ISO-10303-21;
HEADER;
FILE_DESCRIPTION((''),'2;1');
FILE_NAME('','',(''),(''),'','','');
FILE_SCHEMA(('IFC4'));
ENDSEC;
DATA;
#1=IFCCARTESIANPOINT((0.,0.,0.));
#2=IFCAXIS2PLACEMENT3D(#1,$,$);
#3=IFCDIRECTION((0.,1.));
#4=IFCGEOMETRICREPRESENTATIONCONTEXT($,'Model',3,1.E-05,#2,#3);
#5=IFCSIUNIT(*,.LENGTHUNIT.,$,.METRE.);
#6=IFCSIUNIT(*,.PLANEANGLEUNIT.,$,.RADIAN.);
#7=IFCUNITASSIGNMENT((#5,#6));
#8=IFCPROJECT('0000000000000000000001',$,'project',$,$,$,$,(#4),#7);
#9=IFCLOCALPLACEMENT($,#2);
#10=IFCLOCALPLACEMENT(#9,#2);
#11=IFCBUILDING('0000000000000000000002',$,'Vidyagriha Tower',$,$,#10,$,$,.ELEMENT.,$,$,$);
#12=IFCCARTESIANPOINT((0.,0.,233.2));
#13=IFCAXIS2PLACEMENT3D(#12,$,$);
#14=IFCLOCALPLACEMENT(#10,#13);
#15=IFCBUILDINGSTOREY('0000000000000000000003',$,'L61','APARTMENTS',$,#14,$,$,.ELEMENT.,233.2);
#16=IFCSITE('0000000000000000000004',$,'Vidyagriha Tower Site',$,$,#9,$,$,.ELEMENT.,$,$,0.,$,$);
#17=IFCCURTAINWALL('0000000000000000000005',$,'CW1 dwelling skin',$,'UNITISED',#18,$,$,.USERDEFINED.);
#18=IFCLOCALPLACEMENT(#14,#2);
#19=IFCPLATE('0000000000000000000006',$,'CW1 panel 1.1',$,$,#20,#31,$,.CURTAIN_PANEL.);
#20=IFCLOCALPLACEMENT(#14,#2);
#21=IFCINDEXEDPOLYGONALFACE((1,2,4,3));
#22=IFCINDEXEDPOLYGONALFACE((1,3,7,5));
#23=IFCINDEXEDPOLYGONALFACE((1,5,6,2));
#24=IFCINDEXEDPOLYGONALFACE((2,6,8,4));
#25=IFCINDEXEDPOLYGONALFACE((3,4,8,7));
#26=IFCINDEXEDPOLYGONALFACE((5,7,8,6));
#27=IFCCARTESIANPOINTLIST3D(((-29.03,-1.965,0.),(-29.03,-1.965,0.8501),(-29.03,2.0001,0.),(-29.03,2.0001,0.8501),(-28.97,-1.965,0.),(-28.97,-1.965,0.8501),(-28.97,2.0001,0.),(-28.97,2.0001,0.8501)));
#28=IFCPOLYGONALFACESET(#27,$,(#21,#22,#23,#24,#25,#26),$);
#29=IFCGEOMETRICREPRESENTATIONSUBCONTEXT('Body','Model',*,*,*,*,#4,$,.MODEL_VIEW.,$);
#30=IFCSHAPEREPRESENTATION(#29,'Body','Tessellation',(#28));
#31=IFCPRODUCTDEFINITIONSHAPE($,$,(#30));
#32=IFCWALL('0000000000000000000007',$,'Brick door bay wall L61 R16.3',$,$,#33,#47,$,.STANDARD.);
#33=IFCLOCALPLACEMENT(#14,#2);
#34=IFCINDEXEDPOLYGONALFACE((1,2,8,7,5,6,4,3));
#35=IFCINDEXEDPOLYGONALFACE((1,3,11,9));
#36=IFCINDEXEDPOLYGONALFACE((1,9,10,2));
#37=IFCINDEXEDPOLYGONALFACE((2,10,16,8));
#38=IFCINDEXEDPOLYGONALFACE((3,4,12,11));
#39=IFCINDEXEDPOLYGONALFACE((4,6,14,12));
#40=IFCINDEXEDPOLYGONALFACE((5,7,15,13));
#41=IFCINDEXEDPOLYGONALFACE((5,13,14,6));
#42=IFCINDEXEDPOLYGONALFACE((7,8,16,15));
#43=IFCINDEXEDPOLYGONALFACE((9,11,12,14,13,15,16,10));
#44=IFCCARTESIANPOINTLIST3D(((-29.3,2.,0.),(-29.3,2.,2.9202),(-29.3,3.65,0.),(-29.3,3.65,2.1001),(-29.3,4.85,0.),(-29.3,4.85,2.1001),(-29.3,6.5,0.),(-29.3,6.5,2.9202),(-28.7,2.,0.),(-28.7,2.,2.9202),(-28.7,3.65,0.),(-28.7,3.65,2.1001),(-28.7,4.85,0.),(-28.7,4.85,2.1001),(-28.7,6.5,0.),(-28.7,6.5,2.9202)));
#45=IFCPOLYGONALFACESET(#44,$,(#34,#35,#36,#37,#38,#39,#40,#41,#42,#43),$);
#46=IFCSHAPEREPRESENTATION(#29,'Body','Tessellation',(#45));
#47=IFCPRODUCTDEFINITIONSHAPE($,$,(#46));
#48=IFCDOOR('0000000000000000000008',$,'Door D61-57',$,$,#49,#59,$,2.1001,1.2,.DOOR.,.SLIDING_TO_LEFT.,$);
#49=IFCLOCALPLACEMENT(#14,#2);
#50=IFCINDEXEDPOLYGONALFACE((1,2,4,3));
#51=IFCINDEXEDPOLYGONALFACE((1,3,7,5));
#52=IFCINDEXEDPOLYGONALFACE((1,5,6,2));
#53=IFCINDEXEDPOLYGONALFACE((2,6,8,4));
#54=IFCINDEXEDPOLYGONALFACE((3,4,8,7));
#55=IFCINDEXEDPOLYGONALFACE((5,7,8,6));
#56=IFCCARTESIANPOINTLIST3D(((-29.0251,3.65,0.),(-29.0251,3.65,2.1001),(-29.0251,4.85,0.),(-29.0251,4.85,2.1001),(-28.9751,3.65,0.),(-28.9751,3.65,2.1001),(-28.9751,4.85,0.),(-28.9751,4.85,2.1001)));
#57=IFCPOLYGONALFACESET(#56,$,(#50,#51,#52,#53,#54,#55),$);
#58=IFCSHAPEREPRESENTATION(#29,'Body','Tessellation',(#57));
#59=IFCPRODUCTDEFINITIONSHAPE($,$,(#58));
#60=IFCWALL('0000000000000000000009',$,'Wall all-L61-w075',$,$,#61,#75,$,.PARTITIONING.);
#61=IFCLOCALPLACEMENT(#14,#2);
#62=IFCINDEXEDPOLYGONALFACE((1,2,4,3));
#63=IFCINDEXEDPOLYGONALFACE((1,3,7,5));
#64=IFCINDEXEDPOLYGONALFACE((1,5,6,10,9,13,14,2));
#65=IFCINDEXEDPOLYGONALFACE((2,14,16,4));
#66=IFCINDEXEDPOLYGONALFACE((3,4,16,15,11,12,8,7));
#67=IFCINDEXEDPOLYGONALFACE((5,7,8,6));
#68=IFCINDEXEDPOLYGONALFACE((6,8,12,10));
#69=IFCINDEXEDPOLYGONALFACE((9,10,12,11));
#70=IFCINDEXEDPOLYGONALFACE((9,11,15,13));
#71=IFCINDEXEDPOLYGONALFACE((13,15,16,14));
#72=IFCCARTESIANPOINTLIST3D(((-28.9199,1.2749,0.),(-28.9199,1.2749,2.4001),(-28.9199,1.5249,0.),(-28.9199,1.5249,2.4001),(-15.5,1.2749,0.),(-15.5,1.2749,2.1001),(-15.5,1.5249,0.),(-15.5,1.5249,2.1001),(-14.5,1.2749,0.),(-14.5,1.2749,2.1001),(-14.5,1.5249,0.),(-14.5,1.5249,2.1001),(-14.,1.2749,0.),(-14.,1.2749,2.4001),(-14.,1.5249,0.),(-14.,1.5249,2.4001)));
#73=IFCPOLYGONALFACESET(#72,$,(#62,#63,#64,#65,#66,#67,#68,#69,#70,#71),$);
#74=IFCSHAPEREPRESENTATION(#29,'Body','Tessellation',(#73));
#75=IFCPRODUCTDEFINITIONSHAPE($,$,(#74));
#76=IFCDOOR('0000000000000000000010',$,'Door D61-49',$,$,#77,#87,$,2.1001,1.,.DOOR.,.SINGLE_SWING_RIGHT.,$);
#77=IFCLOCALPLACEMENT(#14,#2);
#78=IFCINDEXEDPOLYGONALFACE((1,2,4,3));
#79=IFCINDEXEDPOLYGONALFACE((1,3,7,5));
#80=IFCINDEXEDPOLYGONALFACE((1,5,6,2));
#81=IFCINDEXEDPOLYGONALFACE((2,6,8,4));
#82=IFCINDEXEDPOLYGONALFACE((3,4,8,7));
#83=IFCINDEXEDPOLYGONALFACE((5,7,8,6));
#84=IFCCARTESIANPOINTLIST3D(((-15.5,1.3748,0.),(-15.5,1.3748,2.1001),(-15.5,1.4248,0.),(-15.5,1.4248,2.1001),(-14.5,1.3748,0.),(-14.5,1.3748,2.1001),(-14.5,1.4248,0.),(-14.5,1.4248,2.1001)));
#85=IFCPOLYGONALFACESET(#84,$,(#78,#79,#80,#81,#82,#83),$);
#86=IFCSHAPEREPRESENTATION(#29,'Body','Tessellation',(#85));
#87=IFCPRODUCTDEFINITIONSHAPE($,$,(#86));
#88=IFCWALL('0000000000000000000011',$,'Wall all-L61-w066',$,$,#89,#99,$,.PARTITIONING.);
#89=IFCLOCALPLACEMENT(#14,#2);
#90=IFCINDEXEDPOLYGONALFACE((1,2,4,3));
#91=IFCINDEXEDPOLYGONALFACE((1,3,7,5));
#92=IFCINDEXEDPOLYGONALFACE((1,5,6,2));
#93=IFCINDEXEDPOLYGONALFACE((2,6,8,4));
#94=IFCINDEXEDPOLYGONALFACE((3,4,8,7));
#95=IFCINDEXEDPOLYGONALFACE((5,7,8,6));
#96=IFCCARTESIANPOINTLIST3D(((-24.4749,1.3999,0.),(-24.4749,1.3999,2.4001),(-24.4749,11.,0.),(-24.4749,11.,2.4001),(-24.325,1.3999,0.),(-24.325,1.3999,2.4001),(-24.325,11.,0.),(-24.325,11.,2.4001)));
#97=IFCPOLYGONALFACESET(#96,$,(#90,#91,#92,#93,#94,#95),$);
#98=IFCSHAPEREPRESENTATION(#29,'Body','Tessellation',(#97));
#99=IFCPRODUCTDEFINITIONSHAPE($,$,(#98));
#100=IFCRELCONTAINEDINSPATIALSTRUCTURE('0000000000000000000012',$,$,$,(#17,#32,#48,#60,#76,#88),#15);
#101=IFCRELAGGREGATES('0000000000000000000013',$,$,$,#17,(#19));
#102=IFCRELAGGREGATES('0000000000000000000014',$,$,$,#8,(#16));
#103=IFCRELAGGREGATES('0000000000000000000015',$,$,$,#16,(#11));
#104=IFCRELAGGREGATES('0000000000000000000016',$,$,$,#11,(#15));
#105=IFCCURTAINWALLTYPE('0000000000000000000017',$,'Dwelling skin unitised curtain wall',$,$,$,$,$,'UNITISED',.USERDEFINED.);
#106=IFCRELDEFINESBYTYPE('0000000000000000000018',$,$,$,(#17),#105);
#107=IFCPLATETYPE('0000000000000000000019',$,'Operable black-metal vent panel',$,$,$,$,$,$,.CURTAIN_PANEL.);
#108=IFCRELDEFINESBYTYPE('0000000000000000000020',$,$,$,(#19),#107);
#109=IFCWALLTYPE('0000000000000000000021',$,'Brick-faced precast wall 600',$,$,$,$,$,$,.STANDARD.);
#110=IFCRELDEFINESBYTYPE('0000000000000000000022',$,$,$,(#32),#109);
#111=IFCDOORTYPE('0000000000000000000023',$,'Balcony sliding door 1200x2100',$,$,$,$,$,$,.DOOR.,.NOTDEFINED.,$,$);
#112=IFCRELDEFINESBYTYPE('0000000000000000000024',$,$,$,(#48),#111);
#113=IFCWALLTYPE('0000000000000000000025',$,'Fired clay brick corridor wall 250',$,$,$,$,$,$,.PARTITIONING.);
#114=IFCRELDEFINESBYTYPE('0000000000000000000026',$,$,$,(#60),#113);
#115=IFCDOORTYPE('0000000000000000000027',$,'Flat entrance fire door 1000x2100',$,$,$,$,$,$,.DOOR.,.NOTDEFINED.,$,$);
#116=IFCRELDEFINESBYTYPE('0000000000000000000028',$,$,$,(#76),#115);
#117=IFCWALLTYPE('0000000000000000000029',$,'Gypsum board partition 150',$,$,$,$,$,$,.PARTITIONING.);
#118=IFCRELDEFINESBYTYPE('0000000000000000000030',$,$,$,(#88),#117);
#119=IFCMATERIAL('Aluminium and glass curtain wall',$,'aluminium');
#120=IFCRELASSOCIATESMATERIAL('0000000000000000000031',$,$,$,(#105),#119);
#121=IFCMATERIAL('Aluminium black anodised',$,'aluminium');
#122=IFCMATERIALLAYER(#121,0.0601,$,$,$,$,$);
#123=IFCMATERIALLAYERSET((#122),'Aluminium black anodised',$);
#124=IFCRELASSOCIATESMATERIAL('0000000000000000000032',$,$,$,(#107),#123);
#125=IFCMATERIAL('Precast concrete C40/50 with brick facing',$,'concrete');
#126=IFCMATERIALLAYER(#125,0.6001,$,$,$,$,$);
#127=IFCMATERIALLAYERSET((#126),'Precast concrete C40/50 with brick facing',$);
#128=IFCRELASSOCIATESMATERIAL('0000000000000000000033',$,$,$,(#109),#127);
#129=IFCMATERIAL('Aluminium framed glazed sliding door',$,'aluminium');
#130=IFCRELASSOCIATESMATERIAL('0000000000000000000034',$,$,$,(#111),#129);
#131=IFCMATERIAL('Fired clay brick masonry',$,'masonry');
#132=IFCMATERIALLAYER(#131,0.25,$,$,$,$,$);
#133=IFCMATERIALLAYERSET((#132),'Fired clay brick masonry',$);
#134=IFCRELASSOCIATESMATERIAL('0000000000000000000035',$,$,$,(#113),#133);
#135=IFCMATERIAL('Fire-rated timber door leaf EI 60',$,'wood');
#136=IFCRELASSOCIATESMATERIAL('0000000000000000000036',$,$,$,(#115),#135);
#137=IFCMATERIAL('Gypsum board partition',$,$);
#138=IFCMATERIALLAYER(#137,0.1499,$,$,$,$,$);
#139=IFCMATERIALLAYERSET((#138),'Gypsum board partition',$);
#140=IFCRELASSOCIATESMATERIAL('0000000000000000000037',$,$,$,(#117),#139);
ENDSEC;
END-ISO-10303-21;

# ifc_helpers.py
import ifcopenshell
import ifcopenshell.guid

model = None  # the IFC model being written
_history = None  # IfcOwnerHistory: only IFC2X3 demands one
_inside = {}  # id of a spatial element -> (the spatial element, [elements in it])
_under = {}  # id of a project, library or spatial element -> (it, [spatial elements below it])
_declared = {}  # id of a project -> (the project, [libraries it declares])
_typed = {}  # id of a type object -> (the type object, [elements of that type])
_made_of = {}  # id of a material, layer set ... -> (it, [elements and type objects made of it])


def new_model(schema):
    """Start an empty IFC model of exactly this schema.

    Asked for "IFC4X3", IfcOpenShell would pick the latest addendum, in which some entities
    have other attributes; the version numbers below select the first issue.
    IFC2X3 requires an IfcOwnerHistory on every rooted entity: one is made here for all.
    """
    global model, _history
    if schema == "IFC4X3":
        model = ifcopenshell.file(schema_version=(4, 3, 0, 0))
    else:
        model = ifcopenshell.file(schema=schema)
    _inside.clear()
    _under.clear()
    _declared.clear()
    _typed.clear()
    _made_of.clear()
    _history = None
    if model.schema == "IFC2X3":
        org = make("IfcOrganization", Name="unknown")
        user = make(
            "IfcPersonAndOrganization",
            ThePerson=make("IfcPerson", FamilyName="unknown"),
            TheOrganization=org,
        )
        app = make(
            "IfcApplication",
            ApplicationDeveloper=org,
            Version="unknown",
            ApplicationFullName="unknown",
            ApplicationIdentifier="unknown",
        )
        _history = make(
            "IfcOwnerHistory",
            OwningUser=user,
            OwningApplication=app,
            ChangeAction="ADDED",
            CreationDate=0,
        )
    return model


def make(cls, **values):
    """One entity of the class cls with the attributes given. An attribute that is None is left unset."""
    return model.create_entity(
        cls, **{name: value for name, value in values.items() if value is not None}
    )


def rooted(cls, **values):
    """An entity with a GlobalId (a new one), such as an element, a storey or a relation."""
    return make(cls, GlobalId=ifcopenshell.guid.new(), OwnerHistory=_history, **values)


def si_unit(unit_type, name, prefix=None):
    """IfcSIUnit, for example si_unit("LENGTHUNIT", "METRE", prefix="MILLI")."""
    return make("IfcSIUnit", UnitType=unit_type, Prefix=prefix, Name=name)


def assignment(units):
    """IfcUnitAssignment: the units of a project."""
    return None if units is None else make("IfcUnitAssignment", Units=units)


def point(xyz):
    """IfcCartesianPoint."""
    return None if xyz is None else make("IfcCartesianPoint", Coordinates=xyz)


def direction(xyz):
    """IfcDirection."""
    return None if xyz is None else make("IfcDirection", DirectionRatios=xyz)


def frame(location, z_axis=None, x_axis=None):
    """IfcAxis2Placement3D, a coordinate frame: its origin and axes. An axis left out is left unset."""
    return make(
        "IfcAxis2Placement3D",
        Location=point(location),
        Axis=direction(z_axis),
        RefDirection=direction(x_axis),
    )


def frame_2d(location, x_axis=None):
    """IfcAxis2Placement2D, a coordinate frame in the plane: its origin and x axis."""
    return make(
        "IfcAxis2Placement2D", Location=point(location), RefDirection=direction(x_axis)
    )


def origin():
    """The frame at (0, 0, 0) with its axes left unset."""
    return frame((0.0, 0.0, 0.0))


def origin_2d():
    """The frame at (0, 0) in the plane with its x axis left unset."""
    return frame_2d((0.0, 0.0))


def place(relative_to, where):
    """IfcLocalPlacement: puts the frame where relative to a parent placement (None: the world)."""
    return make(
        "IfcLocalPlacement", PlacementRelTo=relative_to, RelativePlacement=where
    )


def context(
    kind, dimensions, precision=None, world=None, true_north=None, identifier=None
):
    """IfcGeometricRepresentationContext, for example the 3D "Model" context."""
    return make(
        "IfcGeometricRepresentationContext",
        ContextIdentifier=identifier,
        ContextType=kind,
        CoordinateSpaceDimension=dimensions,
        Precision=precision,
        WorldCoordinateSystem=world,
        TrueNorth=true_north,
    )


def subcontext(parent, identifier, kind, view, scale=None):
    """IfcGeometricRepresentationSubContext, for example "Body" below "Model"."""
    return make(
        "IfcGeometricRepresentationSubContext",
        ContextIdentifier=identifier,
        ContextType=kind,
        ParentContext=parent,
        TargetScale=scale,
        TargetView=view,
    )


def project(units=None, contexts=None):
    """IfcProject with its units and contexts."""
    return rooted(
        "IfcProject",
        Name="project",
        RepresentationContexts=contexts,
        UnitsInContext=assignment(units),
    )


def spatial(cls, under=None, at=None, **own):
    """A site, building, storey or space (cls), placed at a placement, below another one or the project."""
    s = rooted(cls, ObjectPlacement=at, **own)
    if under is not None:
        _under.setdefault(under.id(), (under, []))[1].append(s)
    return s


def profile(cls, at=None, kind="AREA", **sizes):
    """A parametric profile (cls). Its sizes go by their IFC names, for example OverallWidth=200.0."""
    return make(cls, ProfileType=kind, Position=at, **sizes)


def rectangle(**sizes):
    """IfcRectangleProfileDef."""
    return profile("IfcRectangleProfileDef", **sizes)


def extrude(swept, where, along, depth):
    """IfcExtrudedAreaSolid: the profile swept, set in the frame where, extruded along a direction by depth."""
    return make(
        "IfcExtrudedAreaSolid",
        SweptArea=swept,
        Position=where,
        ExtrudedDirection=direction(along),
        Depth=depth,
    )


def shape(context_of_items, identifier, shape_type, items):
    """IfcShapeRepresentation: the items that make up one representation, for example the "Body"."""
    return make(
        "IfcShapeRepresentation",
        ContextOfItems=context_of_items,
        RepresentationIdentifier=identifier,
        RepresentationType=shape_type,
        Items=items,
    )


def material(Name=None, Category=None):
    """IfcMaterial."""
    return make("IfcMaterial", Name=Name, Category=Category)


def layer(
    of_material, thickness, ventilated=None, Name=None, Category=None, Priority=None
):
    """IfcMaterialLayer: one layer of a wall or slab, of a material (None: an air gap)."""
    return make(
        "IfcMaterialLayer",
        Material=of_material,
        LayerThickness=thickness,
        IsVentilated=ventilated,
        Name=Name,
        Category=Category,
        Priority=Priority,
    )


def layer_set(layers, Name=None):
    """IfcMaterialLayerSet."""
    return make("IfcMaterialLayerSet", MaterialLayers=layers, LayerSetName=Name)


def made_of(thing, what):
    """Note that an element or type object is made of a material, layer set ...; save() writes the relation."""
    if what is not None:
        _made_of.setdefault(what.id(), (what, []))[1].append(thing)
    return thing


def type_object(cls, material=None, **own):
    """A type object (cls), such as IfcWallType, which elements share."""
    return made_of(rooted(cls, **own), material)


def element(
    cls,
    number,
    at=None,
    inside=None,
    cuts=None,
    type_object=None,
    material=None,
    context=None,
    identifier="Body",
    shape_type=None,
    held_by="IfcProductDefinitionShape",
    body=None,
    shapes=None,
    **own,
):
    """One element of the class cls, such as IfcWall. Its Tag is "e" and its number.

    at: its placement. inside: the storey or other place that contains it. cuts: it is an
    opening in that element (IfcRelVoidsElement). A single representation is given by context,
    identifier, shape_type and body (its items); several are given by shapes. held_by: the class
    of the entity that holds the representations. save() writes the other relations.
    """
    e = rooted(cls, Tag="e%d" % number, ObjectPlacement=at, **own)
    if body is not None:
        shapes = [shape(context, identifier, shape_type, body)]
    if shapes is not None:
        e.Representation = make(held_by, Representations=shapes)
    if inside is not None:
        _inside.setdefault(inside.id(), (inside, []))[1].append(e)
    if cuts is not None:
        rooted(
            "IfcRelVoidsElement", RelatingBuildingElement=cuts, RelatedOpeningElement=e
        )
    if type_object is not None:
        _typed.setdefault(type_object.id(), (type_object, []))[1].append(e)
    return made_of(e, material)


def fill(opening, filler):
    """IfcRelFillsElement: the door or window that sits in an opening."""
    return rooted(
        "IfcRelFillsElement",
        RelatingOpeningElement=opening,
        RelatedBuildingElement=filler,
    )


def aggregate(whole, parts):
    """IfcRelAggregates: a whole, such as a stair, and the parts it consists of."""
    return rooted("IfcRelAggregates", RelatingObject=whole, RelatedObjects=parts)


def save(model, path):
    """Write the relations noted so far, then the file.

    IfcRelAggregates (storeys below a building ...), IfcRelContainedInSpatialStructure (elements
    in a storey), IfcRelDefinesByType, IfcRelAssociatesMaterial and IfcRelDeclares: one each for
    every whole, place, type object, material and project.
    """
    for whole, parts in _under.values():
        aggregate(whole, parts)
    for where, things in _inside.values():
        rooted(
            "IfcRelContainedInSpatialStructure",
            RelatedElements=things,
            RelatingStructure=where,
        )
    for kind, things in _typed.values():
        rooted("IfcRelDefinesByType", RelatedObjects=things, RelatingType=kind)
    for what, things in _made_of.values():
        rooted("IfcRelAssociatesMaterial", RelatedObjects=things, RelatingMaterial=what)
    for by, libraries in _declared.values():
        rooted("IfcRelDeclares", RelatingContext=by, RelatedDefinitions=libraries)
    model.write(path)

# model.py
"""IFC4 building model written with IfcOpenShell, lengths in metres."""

from ifc_helpers import new_model, si_unit, direction, frame, frame_2d, origin, origin_2d, place, context, subcontext, project, spatial, rectangle, extrude, material, layer, layer_set, type_object, element, fill, aggregate, save


model = new_model("IFC4")

# Units and contexts
model_context = context("Model", 3, precision=1e-05, world=origin(), true_north=direction((0.0, 1.0)))
body_context = subcontext(model_context, "Body", "Model", "MODEL_VIEW")
ifc_project = project(units=[si_unit("LENGTHUNIT", "METRE"), si_unit("PLANEANGLEUNIT", "RADIAN")], contexts=[model_context])

# Site, building, storey
site_placement = place(None, origin())
site = spatial("IfcSite", under=ifc_project, at=site_placement, Name="Vidyagriha Tower Site", CompositionType="ELEMENT", RefElevation=0.0)
building_placement = place(site_placement, origin())
building = spatial("IfcBuilding", under=site, at=building_placement, Name="Vidyagriha Tower", CompositionType="ELEMENT")
storey_placement = place(building_placement, frame((0.0, 0.0, 233.2)))
storey = spatial("IfcBuildingStorey", under=building, at=storey_placement, Name="L61", Description="APARTMENTS", CompositionType="ELEMENT", Elevation=233.2)

# Shared definitions
ifc_material_1 = material(Name="Aluminium and glass curtain wall", Category="aluminium")
curtain_wall_type = type_object("IfcCurtainWallType", Name="Dwelling skin unitised curtain wall", ElementType="UNITISED", PredefinedType="USERDEFINED", material=ifc_material_1)

# Curtain wall
curtain_wall_1_placement = place(storey_placement, origin())
curtain_wall_1 = element("IfcCurtainWall", 1, at=curtain_wall_1_placement, inside=storey, type_object=curtain_wall_type, Name="CW1 dwelling skin", ObjectType="UNITISED", PredefinedType="USERDEFINED")

# Plate
ifc_material_2 = material(Name="Aluminium black anodised", Category="aluminium")
ifc_layer_1 = layer(ifc_material_2, 0.0601)
ifc_layer_set_1 = layer_set([ifc_layer_1], Name="Aluminium black anodised")
plate_type_1 = type_object("IfcPlateType", Name="Operable black-metal vent panel", PredefinedType="CURTAIN_PANEL", material=ifc_layer_set_1)
plate_1_placement = place(storey_placement, frame((-29.0, 0.0176, 0.0), z_axis=(0.0, 0.0, 1.0), x_axis=(0.0, -1.0, 0.0)))
plate_1 = element("IfcPlate", 2, at=plate_1_placement, type_object=plate_type_1, Name="CW1 panel 1.1", PredefinedType="CURTAIN_PANEL", context=body_context, shape_type="SweptSolid", body=[
    extrude(rectangle(XDim=3.9651, YDim=0.0601, at=origin_2d()), origin(), (0.0, 0.0, 1.0), 0.8501),
])
aggregate(curtain_wall_1, [plate_1])

# Walls, openings, doors
ifc_material_3 = material(Name="Precast concrete C40/50 with brick facing", Category="concrete")
ifc_layer_2 = layer(ifc_material_3, 0.6001)
ifc_layer_set_2 = layer_set([ifc_layer_2], Name="Precast concrete C40/50 with brick facing")
wall_type_1 = type_object("IfcWallType", Name="Brick-faced precast wall 600", PredefinedType="STANDARD", material=ifc_layer_set_2)
wall_1_placement = place(storey_placement, frame((-29.0, 6.5, 0.0), z_axis=(0.0, 0.0, 1.0), x_axis=(0.0, -1.0, 0.0)))
wall_1 = element("IfcWall", 3, at=wall_1_placement, inside=storey, type_object=wall_type_1, Name="Brick door bay wall L61 R16.3", PredefinedType="STANDARD", context=body_context, shape_type="SweptSolid", body=[
    extrude(rectangle(XDim=4.5, YDim=0.6001, at=frame_2d((2.25, 0.0))), origin(), (0.0, 0.0, 1.0), 2.9202),
])
opening_1_placement = place(wall_1_placement, frame((1.6499, 0.0, 0.0)))
opening_1 = element("IfcOpeningElement", 4, at=opening_1_placement, cuts=wall_1, PredefinedType="OPENING", context=body_context, shape_type="SweptSolid", body=[
    extrude(rectangle(XDim=1.2, YDim=2.1001, at=frame_2d((0.6001, 1.05))), frame((0.0, 0.3101, 0.0), z_axis=(0.0, -1.0, 0.0), x_axis=(1.0, 0.0, 0.0)), (0.0, 0.0, 1.0), 0.6201),
])
ifc_material_4 = material(Name="Aluminium framed glazed sliding door", Category="aluminium")
door_type_1 = type_object("IfcDoorType", Name="Balcony sliding door 1200x2100", OperationType="NOTDEFINED", PredefinedType="DOOR", material=ifc_material_4)
door_1_placement = place(opening_1_placement, origin())
door_1 = element("IfcDoor", 5, at=door_1_placement, inside=storey, type_object=door_type_1, Name="Door D61-57", OperationType="SLIDING_TO_LEFT", OverallHeight=2.1001, OverallWidth=1.2, PredefinedType="DOOR", context=body_context, shape_type="SweptSolid", body=[
    extrude(rectangle(XDim=1.2, YDim=2.1001, at=frame_2d((0.6001, 1.05))), frame((0.0, 0.0249, 0.0), z_axis=(0.0, -1.0, 0.0), x_axis=(1.0, 0.0, 0.0)), (0.0, 0.0, 1.0), 0.05),
])
fill(opening_1, door_1)
ifc_material_5 = material(Name="Fired clay brick masonry", Category="masonry")
ifc_layer_3 = layer(ifc_material_5, 0.25)
ifc_layer_set_3 = layer_set([ifc_layer_3], Name="Fired clay brick masonry")
wall_type_2 = type_object("IfcWallType", Name="Fired clay brick corridor wall 250", PredefinedType="PARTITIONING", material=ifc_layer_set_3)
wall_2_placement = place(storey_placement, frame((-28.9199, 1.3999, 0.0)))
wall_2 = element("IfcWall", 6, at=wall_2_placement, inside=storey, type_object=wall_type_2, Name="Wall all-L61-w075", PredefinedType="PARTITIONING", context=body_context, shape_type="SweptSolid", body=[
    extrude(rectangle(XDim=14.9199, YDim=0.25, at=frame_2d((7.46, 0.0))), origin(), (0.0, 0.0, 1.0), 2.4001),
])
opening_2_placement = place(wall_2_placement, frame((13.4199, 0.0, 0.0)))
opening_2 = element("IfcOpeningElement", 7, at=opening_2_placement, cuts=wall_2, PredefinedType="OPENING", context=body_context, shape_type="SweptSolid", body=[
    extrude(rectangle(XDim=1.0, YDim=2.1001, at=frame_2d((0.5, 1.05))), frame((0.0, 0.135, 0.0), z_axis=(0.0, -1.0, 0.0), x_axis=(1.0, 0.0, 0.0)), (0.0, 0.0, 1.0), 0.27),
])
ifc_material_6 = material(Name="Fire-rated timber door leaf EI 60", Category="wood")
door_type_2 = type_object("IfcDoorType", Name="Flat entrance fire door 1000x2100", OperationType="NOTDEFINED", PredefinedType="DOOR", material=ifc_material_6)
door_2_placement = place(opening_2_placement, origin())
door_2 = element("IfcDoor", 8, at=door_2_placement, inside=storey, type_object=door_type_2, Name="Door D61-49", OperationType="SINGLE_SWING_RIGHT", OverallHeight=2.1001, OverallWidth=1.0, PredefinedType="DOOR", context=body_context, shape_type="SweptSolid", body=[
    extrude(rectangle(XDim=1.0, YDim=2.1001, at=frame_2d((0.5, 1.05))), frame((0.0, 0.0249, 0.0), z_axis=(0.0, -1.0, 0.0), x_axis=(1.0, 0.0, 0.0)), (0.0, 0.0, 1.0), 0.05),
])
fill(opening_2, door_2)

# Wall
ifc_material_7 = material(Name="Gypsum board partition")
ifc_layer_4 = layer(ifc_material_7, 0.1499)
ifc_layer_set_4 = layer_set([ifc_layer_4], Name="Gypsum board partition")
wall_type_3 = type_object("IfcWallType", Name="Gypsum board partition 150", PredefinedType="PARTITIONING", material=ifc_layer_set_4)
wall_3_placement = place(storey_placement, frame((-24.3999, 1.3999, 0.0), z_axis=(0.0, 0.0, 1.0), x_axis=(0.0, 1.0, 0.0)))
element("IfcWall", 9, at=wall_3_placement, inside=storey, type_object=wall_type_3, Name="Wall all-L61-w066", PredefinedType="PARTITIONING", context=body_context, shape_type="SweptSolid", body=[
    extrude(rectangle(XDim=9.6001, YDim=0.1499, at=frame_2d((4.8, 0.0))), origin(), (0.0, 0.0, 1.0), 2.4001),
])

save(model, "model.ifc")
